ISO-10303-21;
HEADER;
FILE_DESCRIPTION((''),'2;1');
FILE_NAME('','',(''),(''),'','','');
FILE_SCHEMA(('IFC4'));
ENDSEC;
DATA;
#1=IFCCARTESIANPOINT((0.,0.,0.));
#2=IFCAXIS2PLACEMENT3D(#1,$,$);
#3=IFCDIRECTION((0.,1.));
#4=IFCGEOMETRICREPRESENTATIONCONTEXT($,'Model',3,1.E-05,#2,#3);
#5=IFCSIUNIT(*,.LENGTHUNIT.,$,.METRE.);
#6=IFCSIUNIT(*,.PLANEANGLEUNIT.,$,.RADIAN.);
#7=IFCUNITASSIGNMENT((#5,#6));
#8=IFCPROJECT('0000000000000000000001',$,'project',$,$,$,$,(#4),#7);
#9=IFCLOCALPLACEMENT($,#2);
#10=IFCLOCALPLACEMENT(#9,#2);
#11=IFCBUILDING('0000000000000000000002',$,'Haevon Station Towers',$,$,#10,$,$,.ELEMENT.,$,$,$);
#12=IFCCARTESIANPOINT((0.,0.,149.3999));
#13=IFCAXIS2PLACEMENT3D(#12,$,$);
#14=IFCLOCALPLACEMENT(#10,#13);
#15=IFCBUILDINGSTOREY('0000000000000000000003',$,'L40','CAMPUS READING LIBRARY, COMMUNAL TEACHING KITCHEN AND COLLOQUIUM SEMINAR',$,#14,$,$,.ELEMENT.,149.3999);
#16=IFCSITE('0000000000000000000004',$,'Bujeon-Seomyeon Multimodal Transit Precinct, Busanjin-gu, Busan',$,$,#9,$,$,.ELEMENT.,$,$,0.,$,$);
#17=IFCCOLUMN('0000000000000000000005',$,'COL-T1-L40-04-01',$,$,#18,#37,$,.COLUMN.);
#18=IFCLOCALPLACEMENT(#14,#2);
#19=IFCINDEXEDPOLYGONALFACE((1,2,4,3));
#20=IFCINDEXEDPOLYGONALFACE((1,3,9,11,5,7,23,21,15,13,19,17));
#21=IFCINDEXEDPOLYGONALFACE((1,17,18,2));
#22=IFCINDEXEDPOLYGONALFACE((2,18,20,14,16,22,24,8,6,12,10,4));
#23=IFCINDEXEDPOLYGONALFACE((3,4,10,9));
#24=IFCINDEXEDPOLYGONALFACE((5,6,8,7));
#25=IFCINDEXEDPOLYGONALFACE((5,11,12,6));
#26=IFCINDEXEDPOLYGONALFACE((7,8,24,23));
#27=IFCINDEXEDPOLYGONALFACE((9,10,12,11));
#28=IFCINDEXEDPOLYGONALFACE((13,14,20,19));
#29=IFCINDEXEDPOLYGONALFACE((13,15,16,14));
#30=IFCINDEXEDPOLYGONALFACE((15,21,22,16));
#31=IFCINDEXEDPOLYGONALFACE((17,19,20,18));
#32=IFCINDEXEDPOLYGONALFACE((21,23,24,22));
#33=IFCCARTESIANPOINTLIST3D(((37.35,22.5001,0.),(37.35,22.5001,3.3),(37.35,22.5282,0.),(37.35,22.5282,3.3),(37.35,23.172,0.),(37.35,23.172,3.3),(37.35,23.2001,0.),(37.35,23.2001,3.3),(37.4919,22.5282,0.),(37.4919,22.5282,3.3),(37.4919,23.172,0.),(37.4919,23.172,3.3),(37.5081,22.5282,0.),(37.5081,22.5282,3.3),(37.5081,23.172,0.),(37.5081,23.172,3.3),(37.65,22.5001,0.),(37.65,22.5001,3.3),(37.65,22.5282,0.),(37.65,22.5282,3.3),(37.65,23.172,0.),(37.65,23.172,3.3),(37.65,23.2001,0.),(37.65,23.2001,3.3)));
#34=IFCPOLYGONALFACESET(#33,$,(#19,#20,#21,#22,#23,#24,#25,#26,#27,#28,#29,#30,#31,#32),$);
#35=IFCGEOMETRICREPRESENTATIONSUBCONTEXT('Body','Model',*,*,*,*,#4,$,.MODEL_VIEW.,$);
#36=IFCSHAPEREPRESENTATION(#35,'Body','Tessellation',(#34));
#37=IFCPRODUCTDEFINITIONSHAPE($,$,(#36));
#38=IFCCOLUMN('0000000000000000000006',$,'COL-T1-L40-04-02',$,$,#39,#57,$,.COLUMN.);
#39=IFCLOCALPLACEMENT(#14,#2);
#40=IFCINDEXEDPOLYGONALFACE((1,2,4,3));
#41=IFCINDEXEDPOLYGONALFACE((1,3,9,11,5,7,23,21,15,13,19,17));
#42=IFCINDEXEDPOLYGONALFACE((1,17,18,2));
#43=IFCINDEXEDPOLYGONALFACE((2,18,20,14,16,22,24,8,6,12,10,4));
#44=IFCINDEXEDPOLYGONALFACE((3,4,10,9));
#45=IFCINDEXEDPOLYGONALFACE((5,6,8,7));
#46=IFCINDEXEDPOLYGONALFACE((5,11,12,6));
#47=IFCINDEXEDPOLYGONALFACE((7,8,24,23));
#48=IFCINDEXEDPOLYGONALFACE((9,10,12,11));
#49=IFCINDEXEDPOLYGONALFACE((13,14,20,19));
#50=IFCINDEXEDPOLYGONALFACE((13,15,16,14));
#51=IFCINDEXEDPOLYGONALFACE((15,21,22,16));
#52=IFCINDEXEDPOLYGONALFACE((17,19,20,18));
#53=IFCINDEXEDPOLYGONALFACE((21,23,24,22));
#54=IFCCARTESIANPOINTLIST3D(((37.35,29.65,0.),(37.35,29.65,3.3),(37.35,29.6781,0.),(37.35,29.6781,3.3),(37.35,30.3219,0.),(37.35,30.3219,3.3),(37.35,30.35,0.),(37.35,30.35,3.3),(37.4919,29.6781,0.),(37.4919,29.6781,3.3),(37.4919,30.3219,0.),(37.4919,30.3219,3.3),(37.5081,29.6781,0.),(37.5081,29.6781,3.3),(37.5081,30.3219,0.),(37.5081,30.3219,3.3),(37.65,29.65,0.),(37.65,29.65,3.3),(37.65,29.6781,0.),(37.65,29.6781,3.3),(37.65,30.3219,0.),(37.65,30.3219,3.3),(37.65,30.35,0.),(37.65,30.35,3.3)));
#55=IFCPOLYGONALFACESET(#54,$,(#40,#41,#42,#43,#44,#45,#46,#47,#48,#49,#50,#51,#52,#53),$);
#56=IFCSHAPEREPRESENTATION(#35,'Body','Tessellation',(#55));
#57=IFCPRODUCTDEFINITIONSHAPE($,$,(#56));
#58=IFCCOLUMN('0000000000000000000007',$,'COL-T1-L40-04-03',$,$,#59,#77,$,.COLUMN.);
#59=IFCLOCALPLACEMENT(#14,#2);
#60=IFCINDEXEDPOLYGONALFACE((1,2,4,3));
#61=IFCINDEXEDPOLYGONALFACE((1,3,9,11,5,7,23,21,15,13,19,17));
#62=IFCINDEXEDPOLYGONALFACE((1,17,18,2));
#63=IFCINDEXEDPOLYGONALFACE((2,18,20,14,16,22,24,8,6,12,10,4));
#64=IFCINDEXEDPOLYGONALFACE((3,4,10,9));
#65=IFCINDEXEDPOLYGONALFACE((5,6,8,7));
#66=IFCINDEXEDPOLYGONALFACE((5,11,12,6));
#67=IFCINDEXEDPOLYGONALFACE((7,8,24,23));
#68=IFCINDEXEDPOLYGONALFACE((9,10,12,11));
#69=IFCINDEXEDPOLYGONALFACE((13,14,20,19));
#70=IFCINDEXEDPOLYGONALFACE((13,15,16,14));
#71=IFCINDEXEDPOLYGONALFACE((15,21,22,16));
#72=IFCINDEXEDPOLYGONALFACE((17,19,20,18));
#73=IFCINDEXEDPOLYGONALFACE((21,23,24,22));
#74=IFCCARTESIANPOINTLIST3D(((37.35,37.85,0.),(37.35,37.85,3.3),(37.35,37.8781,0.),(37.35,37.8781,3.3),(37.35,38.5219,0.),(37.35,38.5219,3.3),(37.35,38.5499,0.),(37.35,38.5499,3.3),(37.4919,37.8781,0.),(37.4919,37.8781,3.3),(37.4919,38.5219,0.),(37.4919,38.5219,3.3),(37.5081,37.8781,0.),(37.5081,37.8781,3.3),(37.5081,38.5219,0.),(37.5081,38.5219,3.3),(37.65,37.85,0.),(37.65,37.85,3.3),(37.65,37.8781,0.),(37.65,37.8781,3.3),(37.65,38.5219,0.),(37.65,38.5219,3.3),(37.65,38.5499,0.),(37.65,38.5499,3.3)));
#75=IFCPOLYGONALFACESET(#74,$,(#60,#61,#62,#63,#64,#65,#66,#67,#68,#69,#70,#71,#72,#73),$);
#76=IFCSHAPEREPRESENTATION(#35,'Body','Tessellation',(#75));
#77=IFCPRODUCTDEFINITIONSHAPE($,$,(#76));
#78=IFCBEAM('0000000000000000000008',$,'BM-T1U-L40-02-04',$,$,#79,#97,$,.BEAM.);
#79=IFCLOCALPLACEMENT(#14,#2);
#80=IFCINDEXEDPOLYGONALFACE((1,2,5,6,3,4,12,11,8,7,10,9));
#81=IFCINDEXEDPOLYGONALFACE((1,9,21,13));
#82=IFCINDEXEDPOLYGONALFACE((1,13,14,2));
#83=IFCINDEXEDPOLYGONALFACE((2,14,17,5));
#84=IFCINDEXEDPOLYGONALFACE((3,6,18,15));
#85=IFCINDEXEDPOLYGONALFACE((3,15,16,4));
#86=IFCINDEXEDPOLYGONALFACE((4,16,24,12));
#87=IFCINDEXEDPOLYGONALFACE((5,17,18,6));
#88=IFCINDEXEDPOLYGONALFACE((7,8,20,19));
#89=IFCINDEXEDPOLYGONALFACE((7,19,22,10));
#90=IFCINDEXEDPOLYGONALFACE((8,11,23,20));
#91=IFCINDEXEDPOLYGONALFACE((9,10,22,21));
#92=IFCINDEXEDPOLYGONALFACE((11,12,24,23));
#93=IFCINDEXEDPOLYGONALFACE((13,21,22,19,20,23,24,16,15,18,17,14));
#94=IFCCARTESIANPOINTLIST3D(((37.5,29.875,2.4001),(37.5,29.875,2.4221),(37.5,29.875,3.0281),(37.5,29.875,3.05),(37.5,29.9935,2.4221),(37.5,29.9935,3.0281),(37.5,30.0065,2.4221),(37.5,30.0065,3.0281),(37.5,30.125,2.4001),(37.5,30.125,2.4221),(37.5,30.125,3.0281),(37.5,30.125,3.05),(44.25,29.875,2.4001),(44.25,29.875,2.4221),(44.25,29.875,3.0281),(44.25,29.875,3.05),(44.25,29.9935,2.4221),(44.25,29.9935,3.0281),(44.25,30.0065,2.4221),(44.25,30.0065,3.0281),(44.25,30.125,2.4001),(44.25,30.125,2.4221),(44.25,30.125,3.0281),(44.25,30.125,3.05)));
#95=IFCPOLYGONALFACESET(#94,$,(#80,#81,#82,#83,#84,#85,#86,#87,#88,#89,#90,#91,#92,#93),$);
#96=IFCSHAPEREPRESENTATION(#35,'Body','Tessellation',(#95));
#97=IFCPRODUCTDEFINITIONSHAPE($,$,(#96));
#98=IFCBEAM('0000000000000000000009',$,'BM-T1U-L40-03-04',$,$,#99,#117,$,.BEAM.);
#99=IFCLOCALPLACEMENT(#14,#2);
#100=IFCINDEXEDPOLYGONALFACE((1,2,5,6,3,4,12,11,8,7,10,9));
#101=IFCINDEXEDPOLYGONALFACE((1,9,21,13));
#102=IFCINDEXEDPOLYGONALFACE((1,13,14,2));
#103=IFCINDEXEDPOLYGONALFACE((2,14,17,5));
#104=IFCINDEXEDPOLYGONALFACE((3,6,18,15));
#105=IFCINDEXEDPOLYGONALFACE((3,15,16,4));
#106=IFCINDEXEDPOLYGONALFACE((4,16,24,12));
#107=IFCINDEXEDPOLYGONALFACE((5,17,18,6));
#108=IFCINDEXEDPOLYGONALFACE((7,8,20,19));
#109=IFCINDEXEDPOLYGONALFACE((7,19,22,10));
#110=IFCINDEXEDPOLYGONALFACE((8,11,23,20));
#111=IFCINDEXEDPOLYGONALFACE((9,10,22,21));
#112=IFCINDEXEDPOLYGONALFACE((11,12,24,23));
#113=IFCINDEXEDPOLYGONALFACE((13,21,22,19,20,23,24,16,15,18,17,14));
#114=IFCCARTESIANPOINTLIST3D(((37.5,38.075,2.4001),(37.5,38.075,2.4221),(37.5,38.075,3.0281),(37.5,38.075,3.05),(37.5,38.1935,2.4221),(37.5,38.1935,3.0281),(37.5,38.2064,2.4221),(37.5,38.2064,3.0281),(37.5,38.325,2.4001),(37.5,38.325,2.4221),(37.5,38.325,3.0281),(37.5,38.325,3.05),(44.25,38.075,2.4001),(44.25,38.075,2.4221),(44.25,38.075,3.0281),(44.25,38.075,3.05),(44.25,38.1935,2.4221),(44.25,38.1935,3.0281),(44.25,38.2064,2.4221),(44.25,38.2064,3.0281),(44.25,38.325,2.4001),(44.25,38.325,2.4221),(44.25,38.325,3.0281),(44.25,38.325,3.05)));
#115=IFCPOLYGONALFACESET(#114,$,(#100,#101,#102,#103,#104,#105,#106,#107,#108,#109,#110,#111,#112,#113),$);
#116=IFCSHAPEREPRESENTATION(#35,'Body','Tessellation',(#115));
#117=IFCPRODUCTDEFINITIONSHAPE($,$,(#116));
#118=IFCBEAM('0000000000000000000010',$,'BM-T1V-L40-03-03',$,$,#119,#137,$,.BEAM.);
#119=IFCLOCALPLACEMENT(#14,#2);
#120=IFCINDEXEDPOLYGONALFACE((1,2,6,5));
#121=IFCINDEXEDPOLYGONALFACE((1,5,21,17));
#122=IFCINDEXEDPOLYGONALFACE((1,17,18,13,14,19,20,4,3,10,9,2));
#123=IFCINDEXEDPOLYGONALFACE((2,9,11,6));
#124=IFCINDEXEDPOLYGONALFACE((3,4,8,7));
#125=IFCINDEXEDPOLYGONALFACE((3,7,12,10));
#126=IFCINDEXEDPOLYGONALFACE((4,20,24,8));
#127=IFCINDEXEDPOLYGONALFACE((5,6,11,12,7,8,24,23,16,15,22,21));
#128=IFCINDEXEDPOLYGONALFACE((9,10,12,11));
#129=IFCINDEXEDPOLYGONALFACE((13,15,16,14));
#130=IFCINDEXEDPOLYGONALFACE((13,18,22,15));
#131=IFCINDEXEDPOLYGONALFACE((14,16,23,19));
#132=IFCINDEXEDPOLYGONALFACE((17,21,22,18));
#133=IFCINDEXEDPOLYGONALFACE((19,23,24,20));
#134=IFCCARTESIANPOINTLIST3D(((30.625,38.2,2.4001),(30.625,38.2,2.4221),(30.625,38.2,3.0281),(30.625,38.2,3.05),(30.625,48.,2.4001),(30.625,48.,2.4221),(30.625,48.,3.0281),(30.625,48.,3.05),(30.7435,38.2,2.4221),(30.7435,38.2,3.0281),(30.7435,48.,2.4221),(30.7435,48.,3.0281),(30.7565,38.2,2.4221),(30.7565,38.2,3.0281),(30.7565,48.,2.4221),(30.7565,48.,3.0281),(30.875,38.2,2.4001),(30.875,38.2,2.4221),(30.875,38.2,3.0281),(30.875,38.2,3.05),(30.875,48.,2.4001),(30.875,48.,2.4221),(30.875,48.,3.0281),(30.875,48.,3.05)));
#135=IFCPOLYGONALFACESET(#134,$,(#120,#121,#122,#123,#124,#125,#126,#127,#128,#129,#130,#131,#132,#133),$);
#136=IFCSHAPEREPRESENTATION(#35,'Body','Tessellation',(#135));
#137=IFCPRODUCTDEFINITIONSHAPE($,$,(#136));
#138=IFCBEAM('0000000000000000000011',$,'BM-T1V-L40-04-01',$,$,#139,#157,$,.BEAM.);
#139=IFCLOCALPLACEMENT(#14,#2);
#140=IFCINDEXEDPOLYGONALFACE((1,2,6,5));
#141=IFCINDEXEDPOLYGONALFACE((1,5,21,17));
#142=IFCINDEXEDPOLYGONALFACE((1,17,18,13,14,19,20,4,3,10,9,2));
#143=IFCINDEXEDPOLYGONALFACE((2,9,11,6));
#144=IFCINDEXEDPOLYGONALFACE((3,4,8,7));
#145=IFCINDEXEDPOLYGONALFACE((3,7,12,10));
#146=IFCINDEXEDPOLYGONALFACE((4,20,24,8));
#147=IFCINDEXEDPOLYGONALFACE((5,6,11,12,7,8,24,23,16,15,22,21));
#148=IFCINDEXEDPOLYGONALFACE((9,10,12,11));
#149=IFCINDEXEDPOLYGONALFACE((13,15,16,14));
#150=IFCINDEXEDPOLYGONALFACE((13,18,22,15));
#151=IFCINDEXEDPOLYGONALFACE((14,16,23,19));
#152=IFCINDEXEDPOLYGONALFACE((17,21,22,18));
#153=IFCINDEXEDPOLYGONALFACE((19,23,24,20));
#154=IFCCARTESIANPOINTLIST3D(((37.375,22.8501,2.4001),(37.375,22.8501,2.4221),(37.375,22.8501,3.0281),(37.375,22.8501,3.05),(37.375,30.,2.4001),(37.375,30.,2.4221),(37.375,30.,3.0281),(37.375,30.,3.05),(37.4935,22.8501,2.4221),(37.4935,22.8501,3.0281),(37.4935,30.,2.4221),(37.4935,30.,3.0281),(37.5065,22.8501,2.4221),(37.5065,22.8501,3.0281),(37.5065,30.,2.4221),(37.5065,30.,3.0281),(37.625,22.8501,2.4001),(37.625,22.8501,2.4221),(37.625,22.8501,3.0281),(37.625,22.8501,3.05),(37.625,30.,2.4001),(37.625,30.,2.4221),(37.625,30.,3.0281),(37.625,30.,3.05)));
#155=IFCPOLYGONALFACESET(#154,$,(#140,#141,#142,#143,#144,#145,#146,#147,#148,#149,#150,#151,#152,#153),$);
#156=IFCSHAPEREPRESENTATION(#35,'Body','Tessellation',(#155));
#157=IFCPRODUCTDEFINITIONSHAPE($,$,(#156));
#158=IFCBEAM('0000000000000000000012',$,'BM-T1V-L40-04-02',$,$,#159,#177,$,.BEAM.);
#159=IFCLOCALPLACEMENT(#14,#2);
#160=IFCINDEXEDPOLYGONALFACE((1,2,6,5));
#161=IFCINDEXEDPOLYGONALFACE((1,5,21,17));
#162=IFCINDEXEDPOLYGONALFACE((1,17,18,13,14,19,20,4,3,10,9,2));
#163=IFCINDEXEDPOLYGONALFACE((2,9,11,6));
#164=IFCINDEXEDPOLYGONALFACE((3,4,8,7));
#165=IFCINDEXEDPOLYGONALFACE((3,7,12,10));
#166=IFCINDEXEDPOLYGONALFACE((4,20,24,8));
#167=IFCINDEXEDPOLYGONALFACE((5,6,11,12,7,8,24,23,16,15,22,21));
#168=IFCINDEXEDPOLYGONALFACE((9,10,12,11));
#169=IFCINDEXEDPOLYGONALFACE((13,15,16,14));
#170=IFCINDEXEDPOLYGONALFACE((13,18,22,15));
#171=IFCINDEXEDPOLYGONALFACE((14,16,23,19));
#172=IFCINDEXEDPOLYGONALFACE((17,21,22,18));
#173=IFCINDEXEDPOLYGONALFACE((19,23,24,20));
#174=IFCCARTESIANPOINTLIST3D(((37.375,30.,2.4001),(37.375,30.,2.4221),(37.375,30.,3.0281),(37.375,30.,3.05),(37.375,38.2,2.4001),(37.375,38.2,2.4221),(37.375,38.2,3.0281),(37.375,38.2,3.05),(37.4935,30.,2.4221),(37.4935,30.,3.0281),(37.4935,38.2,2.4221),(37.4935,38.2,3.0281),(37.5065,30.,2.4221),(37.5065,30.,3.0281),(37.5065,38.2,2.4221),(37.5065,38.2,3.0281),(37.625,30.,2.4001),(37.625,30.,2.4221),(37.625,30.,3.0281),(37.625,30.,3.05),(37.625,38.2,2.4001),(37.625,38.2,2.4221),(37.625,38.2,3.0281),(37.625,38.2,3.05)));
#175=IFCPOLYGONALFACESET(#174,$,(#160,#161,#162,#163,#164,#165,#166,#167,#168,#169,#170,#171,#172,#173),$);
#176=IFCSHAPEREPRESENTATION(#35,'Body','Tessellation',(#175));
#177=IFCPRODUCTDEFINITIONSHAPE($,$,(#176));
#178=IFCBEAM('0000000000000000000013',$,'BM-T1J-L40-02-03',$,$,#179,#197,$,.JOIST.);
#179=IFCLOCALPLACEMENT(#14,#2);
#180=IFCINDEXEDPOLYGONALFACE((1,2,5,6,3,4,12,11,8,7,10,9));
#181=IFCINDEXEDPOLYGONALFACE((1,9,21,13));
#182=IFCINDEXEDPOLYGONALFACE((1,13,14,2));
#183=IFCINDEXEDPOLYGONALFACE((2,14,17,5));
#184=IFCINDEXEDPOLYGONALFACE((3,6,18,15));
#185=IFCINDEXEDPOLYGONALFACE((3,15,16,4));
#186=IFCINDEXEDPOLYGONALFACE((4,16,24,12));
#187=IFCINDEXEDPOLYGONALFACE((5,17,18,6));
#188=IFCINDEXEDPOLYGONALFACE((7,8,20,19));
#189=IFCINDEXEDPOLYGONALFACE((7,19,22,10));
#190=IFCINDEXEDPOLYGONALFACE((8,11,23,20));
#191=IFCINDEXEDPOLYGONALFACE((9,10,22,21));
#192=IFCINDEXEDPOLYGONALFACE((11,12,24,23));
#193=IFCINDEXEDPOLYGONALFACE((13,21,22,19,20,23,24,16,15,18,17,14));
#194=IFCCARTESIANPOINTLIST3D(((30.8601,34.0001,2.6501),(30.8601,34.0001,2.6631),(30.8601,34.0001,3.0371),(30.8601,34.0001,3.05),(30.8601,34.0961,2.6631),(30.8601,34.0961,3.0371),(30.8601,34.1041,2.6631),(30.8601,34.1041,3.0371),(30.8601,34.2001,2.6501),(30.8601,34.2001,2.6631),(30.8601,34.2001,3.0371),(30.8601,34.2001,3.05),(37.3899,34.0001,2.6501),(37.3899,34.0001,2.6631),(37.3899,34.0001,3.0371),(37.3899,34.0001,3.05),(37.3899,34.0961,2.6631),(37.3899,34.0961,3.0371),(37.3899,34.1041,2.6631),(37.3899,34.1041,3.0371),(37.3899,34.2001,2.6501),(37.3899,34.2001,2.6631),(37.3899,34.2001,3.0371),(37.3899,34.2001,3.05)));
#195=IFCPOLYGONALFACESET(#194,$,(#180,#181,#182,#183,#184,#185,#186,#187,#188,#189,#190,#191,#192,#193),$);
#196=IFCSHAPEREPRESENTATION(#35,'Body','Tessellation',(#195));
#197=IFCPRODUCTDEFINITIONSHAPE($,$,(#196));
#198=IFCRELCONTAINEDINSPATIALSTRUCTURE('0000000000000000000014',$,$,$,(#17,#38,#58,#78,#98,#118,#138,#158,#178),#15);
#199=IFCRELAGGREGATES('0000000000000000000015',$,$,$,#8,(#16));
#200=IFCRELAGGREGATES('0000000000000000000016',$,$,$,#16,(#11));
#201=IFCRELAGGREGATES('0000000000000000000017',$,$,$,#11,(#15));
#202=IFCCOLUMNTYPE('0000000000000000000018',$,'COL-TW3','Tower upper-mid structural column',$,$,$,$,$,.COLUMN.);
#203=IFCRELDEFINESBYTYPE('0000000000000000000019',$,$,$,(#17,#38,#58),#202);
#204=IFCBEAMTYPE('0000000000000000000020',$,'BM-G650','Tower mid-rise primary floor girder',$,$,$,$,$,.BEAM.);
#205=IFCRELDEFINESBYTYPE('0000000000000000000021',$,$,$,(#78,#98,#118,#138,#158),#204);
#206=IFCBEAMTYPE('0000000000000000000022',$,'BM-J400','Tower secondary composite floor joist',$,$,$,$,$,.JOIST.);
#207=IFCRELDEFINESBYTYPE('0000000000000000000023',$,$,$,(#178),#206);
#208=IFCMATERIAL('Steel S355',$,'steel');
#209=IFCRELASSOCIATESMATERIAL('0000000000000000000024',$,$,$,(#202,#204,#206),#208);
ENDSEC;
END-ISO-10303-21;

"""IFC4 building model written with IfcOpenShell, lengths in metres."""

from ifc_helpers import new_model, si_unit, direction, frame, origin, origin_2d, place, context, subcontext, project, spatial, i_section, extrude, material, material_profile, profile_set, type_object, element, save


model = new_model("IFC4")

# Units and contexts
model_context = context("Model", 3, precision=1e-05, world=origin(), true_north=direction((0.0, 1.0)))
body_context = subcontext(model_context, "Body", "Model", "MODEL_VIEW")
ifc_project = project(units=[si_unit("LENGTHUNIT", "METRE"), si_unit("PLANEANGLEUNIT", "RADIAN")], contexts=[model_context])

# Site, building, storey
site_placement = place(None, origin())
site = spatial("IfcSite", under=ifc_project, at=site_placement, Name="Bujeon-Seomyeon Multimodal Transit Precinct, Busanjin-gu, Busan", CompositionType="ELEMENT", RefElevation=0.0)
building_placement = place(site_placement, origin())
building = spatial("IfcBuilding", under=site, at=building_placement, Name="Haevon Station Towers", CompositionType="ELEMENT")
storey_placement = place(building_placement, frame((0.0, 0.0, 149.3999)))
storey = spatial("IfcBuildingStorey", under=building, at=storey_placement, Name="L40", Description="CAMPUS READING LIBRARY, COMMUNAL TEACHING KITCHEN AND COLLOQUIUM SEMINAR", CompositionType="ELEMENT", Elevation=149.3999)

# Columns
ifc_material_1 = material(Name="Steel S355", Category="steel")
ifc_material_profile_1 = material_profile(ifc_material_1, i_section(OverallWidth=0.3, OverallDepth=0.7, WebThickness=0.0161, FlangeThickness=0.0281, at=origin_2d()), Name="H-700x300x16x28")
ifc_profile_set_1 = profile_set([ifc_material_profile_1], Name="Steel S355")
column_type = type_object("IfcColumnType", Name="COL-TW3", Description="Tower upper-mid structural column", PredefinedType="COLUMN", material=ifc_profile_set_1)
for number, where, z_axis, x_axis, name in (
    (1, (37.5, 22.8501, 0.0), (0.0, 0.0, 1.0), (1.0, 0.0, 0.0), "COL-T1-L40-04-01"),
    (2, (37.5, 30.0, 0.0), (0.0, 0.0, 1.0), (1.0, 0.0, 0.0), "COL-T1-L40-04-02"),
    (3, (37.5, 38.2, 0.0), (0.0, 0.0, 1.0), (1.0, 0.0, 0.0), "COL-T1-L40-04-03"),
):
    element("IfcColumn", number, at=place(storey_placement, frame(where, z_axis=z_axis, x_axis=x_axis)), inside=storey, type_object=column_type, Name=name, PredefinedType="COLUMN", context=body_context, shape_type="SweptSolid", body=[
        extrude(i_section(OverallWidth=0.3, OverallDepth=0.7, WebThickness=0.0161, FlangeThickness=0.0281, at=origin_2d()), origin(), (0.0, 0.0, 1.0), 3.3),
    ])

# Beams
ifc_material_profile_2 = material_profile(ifc_material_1, i_section(OverallWidth=0.25, OverallDepth=0.6499, WebThickness=0.0129, FlangeThickness=0.022, at=origin_2d()), Name="H-650x250x13x22")
ifc_profile_set_2 = profile_set([ifc_material_profile_2], Name="Steel S355")
beam_type_1 = type_object("IfcBeamType", Name="BM-G650", Description="Tower mid-rise primary floor girder", PredefinedType="BEAM", material=ifc_profile_set_2)
for number, where, z_axis, x_axis, name in (
    (4, (37.5, 30.0, 2.7251), (1.0, 0.0, 0.0), (0.0, 1.0, 0.0), "BM-T1U-L40-02-04"),
    (5, (37.5, 38.2, 2.7251), (1.0, 0.0, 0.0), (0.0, 1.0, 0.0), "BM-T1U-L40-03-04"),
):
    element("IfcBeam", number, at=place(storey_placement, frame(where, z_axis=z_axis, x_axis=x_axis)), inside=storey, type_object=beam_type_1, Name=name, PredefinedType="BEAM", context=body_context, shape_type="SweptSolid", body=[
        extrude(i_section(OverallWidth=0.25, OverallDepth=0.6499, WebThickness=0.0129, FlangeThickness=0.022, at=origin_2d()), origin(), (0.0, 0.0, 1.0), 6.75),
    ])
beam_1_placement = place(storey_placement, frame((30.75, 38.2, 2.7251), z_axis=(0.0, 1.0, 0.0), x_axis=(-1.0, 0.0, 0.0)))
element("IfcBeam", 6, at=beam_1_placement, inside=storey, type_object=beam_type_1, Name="BM-T1V-L40-03-03", PredefinedType="BEAM", context=body_context, shape_type="SweptSolid", body=[
    extrude(i_section(OverallWidth=0.25, OverallDepth=0.6499, WebThickness=0.0129, FlangeThickness=0.022, at=origin_2d()), origin(), (0.0, 0.0, 1.0), 9.8),
])
beam_2_placement = place(storey_placement, frame((37.5, 22.8501, 2.7251), z_axis=(0.0, 1.0, 0.0), x_axis=(-1.0, 0.0, 0.0)))
element("IfcBeam", 7, at=beam_2_placement, inside=storey, type_object=beam_type_1, Name="BM-T1V-L40-04-01", PredefinedType="BEAM", context=body_context, shape_type="SweptSolid", body=[
    extrude(i_section(OverallWidth=0.25, OverallDepth=0.6499, WebThickness=0.0129, FlangeThickness=0.022, at=origin_2d()), origin(), (0.0, 0.0, 1.0), 7.1499),
])
beam_3_placement = place(storey_placement, frame((37.5, 30.0, 2.7251), z_axis=(0.0, 1.0, 0.0), x_axis=(-1.0, 0.0, 0.0)))
element("IfcBeam", 8, at=beam_3_placement, inside=storey, type_object=beam_type_1, Name="BM-T1V-L40-04-02", PredefinedType="BEAM", context=body_context, shape_type="SweptSolid", body=[
    extrude(i_section(OverallWidth=0.25, OverallDepth=0.6499, WebThickness=0.0129, FlangeThickness=0.022, at=origin_2d()), origin(), (0.0, 0.0, 1.0), 8.2),
])
ifc_material_profile_3 = material_profile(ifc_material_1, i_section(OverallWidth=0.2, OverallDepth=0.3999, WebThickness=0.0081, FlangeThickness=0.0129, at=origin_2d()), Name="H-400x200x8x13")
ifc_profile_set_3 = profile_set([ifc_material_profile_3], Name="Steel S355")
beam_type_2 = type_object("IfcBeamType", Name="BM-J400", Description="Tower secondary composite floor joist", PredefinedType="JOIST", material=ifc_profile_set_3)
for number, where, z_axis, x_axis, name in (
    (9, (30.8601, 34.1001, 2.8501), (1.0, 0.0, 0.0), (0.0, 1.0, 0.0), "BM-T1J-L40-02-03"),
):
    element("IfcBeam", number, at=place(storey_placement, frame(where, z_axis=z_axis, x_axis=x_axis)), inside=storey, type_object=beam_type_2, Name=name, PredefinedType="JOIST", context=body_context, shape_type="SweptSolid", body=[
        extrude(i_section(OverallWidth=0.2, OverallDepth=0.3999, WebThickness=0.0081, FlangeThickness=0.0129, at=origin_2d()), origin(), (0.0, 0.0, 1.0), 6.5298),
    ])

save(model, "model.ifc")
